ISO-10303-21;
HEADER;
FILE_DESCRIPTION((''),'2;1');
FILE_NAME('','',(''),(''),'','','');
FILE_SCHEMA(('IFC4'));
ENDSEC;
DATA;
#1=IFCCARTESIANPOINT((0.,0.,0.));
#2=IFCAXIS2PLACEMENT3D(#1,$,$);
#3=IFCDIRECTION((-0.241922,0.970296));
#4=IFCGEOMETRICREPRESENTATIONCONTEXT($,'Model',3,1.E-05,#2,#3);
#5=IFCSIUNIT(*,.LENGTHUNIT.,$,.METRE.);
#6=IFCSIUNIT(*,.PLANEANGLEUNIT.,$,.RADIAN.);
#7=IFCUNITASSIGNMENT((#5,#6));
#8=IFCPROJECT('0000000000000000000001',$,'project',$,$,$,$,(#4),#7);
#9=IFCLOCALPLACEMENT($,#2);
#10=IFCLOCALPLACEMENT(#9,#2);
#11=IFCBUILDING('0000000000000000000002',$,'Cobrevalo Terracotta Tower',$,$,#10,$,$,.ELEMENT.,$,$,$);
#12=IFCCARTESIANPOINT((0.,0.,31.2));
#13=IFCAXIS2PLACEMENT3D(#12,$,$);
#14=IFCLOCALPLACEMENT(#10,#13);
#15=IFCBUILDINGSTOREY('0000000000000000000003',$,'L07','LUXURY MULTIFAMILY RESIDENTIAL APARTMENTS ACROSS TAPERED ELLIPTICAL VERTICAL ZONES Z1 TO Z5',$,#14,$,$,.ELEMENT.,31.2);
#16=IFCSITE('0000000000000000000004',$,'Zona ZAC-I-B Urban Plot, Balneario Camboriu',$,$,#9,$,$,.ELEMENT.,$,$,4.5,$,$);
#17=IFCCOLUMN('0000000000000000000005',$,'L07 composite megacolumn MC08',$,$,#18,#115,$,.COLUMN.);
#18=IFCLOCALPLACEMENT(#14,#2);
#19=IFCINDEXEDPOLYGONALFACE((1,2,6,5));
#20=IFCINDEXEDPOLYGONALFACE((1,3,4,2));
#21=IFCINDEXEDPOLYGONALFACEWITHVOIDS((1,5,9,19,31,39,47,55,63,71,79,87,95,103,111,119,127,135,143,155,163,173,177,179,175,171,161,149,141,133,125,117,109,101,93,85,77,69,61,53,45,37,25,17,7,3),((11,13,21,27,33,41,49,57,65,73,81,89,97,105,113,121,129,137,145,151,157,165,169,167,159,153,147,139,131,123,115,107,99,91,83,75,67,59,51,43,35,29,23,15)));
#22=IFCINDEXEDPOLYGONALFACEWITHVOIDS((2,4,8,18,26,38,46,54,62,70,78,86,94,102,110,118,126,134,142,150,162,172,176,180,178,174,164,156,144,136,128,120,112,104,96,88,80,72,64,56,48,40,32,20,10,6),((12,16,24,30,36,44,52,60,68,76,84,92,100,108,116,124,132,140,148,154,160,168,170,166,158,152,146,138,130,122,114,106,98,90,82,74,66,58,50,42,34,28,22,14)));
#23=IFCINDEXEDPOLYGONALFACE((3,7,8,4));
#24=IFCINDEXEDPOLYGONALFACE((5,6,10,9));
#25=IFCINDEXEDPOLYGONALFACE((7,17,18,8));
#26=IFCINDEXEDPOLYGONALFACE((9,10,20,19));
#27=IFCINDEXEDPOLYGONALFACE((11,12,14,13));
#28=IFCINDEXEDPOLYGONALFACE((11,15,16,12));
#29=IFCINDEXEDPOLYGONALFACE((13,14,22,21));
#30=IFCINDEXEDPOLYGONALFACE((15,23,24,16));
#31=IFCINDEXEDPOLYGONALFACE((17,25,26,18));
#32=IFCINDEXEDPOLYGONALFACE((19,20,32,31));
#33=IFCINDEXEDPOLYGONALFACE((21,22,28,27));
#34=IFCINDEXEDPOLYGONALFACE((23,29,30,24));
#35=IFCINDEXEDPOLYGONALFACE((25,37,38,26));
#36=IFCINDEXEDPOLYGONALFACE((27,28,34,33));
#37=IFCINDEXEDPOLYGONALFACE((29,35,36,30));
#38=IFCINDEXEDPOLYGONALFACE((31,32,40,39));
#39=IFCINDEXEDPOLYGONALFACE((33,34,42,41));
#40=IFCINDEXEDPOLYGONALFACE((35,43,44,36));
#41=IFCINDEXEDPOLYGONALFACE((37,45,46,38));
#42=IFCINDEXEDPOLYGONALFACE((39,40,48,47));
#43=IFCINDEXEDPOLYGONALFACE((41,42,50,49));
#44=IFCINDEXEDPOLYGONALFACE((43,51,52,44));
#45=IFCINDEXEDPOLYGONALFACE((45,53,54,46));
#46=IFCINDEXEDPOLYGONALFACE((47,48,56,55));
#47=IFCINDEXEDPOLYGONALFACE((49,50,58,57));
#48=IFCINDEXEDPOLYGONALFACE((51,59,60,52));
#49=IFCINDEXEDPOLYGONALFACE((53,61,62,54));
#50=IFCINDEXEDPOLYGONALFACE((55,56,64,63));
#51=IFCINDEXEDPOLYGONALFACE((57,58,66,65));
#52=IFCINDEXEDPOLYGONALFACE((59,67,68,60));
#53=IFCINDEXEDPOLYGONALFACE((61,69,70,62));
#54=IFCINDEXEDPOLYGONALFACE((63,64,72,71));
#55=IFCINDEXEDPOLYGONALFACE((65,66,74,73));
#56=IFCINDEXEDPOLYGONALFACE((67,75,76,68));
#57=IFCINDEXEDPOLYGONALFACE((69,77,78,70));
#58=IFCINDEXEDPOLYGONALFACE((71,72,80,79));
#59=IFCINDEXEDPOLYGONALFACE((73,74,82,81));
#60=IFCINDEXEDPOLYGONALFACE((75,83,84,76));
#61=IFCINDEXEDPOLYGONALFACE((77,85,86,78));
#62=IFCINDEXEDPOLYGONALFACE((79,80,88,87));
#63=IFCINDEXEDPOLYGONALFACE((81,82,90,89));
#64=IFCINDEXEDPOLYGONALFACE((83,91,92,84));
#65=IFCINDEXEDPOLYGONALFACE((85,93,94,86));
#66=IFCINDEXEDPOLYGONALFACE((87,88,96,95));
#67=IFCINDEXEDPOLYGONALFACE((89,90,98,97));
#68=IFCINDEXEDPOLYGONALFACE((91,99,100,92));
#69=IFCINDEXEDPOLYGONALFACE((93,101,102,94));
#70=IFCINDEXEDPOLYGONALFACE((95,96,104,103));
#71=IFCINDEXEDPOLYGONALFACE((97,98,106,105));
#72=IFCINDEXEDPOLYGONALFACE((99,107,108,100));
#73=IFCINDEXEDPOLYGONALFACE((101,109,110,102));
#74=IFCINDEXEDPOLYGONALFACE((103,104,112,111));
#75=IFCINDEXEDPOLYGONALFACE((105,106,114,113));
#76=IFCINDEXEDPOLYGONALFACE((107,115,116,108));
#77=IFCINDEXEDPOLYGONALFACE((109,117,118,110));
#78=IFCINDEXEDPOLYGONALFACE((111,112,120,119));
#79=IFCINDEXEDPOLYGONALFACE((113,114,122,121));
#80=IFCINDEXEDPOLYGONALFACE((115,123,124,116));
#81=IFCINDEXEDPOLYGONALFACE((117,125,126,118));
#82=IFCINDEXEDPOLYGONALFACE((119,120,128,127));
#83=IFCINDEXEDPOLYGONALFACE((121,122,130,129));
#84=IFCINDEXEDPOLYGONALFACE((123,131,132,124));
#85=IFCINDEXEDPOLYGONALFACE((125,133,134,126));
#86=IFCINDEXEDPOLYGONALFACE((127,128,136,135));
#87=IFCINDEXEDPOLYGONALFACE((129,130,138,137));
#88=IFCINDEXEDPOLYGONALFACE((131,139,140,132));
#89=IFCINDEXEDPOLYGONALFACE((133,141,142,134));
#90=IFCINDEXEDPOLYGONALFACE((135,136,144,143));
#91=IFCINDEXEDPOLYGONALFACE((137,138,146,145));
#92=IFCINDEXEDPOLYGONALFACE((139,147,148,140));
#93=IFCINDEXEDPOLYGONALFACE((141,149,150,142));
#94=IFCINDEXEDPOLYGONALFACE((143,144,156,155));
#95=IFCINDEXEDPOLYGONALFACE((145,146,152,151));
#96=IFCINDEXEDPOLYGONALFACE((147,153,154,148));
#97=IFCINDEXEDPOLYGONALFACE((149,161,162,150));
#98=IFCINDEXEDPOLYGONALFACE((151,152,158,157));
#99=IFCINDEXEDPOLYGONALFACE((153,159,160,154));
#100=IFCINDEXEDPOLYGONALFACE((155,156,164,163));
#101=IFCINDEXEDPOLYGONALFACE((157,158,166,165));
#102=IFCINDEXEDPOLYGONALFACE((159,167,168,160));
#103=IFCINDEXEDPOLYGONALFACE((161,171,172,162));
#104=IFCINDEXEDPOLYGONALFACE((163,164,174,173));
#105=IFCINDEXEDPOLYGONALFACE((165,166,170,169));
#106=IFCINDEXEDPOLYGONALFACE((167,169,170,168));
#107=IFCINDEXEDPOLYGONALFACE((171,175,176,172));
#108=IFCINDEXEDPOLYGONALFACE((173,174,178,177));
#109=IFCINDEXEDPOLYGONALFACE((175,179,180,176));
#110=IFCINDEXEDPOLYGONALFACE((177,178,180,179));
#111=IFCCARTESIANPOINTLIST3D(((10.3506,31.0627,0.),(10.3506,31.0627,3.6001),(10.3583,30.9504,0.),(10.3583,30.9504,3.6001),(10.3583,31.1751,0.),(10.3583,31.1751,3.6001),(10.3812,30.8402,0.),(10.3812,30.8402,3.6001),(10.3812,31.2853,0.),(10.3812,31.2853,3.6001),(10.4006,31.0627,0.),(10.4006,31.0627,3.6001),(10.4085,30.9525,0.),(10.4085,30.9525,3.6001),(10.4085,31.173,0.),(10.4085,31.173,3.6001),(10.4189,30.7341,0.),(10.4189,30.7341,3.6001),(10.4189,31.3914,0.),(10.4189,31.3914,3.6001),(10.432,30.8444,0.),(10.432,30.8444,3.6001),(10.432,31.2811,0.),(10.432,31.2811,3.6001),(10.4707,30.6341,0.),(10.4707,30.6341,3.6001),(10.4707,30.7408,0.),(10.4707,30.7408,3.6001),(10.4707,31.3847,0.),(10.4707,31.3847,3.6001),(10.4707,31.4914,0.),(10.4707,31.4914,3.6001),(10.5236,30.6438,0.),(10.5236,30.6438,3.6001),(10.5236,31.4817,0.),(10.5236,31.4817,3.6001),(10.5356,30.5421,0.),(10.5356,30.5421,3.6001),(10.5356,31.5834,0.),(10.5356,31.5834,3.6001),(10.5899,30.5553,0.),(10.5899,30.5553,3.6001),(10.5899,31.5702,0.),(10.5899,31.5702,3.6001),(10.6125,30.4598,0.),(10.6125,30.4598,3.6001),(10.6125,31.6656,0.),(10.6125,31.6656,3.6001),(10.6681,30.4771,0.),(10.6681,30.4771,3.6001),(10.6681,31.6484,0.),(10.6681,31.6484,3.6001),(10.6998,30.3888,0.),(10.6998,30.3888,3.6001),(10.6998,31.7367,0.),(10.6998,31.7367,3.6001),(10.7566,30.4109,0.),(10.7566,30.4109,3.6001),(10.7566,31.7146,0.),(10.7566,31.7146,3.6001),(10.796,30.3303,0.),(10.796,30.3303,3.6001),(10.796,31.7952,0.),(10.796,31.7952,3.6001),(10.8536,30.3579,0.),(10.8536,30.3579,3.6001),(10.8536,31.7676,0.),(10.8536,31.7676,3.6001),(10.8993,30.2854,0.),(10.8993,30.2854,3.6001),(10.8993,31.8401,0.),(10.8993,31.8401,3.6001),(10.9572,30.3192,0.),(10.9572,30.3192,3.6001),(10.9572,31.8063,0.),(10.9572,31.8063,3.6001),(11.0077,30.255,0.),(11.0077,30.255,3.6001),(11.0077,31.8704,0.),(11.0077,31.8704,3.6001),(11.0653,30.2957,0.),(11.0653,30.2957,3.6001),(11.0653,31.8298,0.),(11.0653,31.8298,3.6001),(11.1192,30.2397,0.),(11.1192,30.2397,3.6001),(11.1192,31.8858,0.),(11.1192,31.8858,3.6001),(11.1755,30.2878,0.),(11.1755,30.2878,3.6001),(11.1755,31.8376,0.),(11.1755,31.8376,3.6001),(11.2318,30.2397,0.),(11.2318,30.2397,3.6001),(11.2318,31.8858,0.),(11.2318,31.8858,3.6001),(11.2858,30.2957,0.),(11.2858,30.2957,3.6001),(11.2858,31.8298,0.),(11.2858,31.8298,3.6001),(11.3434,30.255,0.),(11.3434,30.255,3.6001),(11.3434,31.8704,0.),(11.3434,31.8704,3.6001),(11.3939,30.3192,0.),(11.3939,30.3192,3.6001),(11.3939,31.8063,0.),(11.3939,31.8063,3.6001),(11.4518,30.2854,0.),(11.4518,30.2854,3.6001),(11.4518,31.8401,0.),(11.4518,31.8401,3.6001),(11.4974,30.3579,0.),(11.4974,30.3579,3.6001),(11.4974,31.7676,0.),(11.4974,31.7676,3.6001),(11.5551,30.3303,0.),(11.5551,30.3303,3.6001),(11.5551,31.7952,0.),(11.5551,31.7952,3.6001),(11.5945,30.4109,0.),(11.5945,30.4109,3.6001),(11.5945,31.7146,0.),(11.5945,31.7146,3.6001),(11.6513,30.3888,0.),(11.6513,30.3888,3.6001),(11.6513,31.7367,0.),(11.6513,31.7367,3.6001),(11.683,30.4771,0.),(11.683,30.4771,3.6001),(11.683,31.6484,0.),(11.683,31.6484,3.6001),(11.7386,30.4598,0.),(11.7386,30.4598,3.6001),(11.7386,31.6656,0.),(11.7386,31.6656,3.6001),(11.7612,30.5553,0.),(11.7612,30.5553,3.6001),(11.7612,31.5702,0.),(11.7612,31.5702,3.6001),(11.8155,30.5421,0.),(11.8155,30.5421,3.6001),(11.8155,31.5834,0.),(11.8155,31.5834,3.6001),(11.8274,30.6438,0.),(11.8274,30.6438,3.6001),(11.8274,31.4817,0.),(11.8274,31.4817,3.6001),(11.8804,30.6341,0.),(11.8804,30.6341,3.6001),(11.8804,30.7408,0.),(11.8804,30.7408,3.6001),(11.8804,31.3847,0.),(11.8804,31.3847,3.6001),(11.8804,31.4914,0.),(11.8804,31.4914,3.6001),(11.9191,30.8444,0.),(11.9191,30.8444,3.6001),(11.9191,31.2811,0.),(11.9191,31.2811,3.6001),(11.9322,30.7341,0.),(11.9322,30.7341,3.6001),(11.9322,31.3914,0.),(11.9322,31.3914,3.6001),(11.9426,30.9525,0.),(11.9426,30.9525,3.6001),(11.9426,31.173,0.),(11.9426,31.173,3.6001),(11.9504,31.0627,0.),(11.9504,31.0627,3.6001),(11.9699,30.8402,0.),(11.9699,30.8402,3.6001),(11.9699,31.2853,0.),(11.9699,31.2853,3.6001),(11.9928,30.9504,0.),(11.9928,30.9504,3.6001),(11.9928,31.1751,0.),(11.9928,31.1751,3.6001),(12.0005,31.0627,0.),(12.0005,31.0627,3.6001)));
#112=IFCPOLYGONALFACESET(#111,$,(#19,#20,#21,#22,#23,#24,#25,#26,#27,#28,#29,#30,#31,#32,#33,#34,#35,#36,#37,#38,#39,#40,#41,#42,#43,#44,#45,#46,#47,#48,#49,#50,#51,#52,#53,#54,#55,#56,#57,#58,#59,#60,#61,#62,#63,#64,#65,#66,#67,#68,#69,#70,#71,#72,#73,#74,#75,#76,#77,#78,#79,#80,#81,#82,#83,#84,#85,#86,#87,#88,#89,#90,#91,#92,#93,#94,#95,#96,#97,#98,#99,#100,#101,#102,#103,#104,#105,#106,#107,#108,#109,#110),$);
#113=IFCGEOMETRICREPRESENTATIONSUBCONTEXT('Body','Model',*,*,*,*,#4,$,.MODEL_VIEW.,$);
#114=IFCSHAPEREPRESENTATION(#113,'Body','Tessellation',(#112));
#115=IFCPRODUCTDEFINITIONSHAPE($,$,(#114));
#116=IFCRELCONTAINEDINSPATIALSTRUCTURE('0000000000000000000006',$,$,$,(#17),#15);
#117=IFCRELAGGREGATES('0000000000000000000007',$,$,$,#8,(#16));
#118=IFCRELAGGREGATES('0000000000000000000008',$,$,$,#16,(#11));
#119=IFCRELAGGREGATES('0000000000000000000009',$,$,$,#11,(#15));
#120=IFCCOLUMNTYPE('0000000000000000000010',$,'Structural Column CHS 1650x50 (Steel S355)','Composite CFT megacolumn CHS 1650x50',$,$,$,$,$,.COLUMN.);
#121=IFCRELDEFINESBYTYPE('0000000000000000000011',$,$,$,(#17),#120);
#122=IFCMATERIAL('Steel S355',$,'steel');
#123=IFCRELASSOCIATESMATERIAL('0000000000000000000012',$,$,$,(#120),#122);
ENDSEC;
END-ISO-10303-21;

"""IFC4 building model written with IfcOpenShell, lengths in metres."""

from ifc_helpers import new_model, si_unit, direction, frame, origin, origin_2d, place, context, subcontext, project, spatial, hollow_circle, extrude, material, material_profile, profile_set, type_object, element, save


model = new_model("IFC4")

# Units and contexts
model_context = context("Model", 3, precision=1e-05, world=origin(), true_north=direction((-0.241922, 0.970296)))
body_context = subcontext(model_context, "Body", "Model", "MODEL_VIEW")
ifc_project = project(units=[si_unit("LENGTHUNIT", "METRE"), si_unit("PLANEANGLEUNIT", "RADIAN")], contexts=[model_context])

# Site, building, storey
site_placement = place(None, origin())
site = spatial("IfcSite", under=ifc_project, at=site_placement, Name="Zona ZAC-I-B Urban Plot, Balneario Camboriu", CompositionType="ELEMENT", RefElevation=4.5)
building_placement = place(site_placement, origin())
building = spatial("IfcBuilding", under=site, at=building_placement, Name="Cobrevalo Terracotta Tower", CompositionType="ELEMENT")
storey_placement = place(building_placement, frame((0.0, 0.0, 31.2)))
storey = spatial("IfcBuildingStorey", under=building, at=storey_placement, Name="L07", Description="LUXURY MULTIFAMILY RESIDENTIAL APARTMENTS ACROSS TAPERED ELLIPTICAL VERTICAL ZONES Z1 TO Z5", CompositionType="ELEMENT", Elevation=31.2)

# Column
ifc_material_1 = material(Name="Steel S355", Category="steel")
ifc_material_profile_1 = material_profile(ifc_material_1, hollow_circle(Radius=0.825, WallThickness=0.05, at=origin_2d()), Name="CHS 1650x50")
ifc_profile_set_1 = profile_set([ifc_material_profile_1], Name="Steel S355")
column_type = type_object("IfcColumnType", Name="Structural Column CHS 1650x50 (Steel S355)", Description="Composite CFT megacolumn CHS 1650x50", PredefinedType="COLUMN", material=ifc_profile_set_1)
for number, where, z_axis, x_axis, name in (
    (1, (11.1755, 31.0627, 0.0), (0.0, 0.0, 1.0), (1.0, 0.0, 0.0), "L07 composite megacolumn MC08"),
):
    element("IfcColumn", number, at=place(storey_placement, frame(where, z_axis=z_axis, x_axis=x_axis)), inside=storey, type_object=column_type, Name=name, PredefinedType="COLUMN", context=body_context, shape_type="SweptSolid", body=[
        extrude(hollow_circle(Radius=0.825, WallThickness=0.05, at=origin_2d()), origin(), (0.0, 0.0, 1.0), 3.6001),
    ])

save(model, "model.ifc")
